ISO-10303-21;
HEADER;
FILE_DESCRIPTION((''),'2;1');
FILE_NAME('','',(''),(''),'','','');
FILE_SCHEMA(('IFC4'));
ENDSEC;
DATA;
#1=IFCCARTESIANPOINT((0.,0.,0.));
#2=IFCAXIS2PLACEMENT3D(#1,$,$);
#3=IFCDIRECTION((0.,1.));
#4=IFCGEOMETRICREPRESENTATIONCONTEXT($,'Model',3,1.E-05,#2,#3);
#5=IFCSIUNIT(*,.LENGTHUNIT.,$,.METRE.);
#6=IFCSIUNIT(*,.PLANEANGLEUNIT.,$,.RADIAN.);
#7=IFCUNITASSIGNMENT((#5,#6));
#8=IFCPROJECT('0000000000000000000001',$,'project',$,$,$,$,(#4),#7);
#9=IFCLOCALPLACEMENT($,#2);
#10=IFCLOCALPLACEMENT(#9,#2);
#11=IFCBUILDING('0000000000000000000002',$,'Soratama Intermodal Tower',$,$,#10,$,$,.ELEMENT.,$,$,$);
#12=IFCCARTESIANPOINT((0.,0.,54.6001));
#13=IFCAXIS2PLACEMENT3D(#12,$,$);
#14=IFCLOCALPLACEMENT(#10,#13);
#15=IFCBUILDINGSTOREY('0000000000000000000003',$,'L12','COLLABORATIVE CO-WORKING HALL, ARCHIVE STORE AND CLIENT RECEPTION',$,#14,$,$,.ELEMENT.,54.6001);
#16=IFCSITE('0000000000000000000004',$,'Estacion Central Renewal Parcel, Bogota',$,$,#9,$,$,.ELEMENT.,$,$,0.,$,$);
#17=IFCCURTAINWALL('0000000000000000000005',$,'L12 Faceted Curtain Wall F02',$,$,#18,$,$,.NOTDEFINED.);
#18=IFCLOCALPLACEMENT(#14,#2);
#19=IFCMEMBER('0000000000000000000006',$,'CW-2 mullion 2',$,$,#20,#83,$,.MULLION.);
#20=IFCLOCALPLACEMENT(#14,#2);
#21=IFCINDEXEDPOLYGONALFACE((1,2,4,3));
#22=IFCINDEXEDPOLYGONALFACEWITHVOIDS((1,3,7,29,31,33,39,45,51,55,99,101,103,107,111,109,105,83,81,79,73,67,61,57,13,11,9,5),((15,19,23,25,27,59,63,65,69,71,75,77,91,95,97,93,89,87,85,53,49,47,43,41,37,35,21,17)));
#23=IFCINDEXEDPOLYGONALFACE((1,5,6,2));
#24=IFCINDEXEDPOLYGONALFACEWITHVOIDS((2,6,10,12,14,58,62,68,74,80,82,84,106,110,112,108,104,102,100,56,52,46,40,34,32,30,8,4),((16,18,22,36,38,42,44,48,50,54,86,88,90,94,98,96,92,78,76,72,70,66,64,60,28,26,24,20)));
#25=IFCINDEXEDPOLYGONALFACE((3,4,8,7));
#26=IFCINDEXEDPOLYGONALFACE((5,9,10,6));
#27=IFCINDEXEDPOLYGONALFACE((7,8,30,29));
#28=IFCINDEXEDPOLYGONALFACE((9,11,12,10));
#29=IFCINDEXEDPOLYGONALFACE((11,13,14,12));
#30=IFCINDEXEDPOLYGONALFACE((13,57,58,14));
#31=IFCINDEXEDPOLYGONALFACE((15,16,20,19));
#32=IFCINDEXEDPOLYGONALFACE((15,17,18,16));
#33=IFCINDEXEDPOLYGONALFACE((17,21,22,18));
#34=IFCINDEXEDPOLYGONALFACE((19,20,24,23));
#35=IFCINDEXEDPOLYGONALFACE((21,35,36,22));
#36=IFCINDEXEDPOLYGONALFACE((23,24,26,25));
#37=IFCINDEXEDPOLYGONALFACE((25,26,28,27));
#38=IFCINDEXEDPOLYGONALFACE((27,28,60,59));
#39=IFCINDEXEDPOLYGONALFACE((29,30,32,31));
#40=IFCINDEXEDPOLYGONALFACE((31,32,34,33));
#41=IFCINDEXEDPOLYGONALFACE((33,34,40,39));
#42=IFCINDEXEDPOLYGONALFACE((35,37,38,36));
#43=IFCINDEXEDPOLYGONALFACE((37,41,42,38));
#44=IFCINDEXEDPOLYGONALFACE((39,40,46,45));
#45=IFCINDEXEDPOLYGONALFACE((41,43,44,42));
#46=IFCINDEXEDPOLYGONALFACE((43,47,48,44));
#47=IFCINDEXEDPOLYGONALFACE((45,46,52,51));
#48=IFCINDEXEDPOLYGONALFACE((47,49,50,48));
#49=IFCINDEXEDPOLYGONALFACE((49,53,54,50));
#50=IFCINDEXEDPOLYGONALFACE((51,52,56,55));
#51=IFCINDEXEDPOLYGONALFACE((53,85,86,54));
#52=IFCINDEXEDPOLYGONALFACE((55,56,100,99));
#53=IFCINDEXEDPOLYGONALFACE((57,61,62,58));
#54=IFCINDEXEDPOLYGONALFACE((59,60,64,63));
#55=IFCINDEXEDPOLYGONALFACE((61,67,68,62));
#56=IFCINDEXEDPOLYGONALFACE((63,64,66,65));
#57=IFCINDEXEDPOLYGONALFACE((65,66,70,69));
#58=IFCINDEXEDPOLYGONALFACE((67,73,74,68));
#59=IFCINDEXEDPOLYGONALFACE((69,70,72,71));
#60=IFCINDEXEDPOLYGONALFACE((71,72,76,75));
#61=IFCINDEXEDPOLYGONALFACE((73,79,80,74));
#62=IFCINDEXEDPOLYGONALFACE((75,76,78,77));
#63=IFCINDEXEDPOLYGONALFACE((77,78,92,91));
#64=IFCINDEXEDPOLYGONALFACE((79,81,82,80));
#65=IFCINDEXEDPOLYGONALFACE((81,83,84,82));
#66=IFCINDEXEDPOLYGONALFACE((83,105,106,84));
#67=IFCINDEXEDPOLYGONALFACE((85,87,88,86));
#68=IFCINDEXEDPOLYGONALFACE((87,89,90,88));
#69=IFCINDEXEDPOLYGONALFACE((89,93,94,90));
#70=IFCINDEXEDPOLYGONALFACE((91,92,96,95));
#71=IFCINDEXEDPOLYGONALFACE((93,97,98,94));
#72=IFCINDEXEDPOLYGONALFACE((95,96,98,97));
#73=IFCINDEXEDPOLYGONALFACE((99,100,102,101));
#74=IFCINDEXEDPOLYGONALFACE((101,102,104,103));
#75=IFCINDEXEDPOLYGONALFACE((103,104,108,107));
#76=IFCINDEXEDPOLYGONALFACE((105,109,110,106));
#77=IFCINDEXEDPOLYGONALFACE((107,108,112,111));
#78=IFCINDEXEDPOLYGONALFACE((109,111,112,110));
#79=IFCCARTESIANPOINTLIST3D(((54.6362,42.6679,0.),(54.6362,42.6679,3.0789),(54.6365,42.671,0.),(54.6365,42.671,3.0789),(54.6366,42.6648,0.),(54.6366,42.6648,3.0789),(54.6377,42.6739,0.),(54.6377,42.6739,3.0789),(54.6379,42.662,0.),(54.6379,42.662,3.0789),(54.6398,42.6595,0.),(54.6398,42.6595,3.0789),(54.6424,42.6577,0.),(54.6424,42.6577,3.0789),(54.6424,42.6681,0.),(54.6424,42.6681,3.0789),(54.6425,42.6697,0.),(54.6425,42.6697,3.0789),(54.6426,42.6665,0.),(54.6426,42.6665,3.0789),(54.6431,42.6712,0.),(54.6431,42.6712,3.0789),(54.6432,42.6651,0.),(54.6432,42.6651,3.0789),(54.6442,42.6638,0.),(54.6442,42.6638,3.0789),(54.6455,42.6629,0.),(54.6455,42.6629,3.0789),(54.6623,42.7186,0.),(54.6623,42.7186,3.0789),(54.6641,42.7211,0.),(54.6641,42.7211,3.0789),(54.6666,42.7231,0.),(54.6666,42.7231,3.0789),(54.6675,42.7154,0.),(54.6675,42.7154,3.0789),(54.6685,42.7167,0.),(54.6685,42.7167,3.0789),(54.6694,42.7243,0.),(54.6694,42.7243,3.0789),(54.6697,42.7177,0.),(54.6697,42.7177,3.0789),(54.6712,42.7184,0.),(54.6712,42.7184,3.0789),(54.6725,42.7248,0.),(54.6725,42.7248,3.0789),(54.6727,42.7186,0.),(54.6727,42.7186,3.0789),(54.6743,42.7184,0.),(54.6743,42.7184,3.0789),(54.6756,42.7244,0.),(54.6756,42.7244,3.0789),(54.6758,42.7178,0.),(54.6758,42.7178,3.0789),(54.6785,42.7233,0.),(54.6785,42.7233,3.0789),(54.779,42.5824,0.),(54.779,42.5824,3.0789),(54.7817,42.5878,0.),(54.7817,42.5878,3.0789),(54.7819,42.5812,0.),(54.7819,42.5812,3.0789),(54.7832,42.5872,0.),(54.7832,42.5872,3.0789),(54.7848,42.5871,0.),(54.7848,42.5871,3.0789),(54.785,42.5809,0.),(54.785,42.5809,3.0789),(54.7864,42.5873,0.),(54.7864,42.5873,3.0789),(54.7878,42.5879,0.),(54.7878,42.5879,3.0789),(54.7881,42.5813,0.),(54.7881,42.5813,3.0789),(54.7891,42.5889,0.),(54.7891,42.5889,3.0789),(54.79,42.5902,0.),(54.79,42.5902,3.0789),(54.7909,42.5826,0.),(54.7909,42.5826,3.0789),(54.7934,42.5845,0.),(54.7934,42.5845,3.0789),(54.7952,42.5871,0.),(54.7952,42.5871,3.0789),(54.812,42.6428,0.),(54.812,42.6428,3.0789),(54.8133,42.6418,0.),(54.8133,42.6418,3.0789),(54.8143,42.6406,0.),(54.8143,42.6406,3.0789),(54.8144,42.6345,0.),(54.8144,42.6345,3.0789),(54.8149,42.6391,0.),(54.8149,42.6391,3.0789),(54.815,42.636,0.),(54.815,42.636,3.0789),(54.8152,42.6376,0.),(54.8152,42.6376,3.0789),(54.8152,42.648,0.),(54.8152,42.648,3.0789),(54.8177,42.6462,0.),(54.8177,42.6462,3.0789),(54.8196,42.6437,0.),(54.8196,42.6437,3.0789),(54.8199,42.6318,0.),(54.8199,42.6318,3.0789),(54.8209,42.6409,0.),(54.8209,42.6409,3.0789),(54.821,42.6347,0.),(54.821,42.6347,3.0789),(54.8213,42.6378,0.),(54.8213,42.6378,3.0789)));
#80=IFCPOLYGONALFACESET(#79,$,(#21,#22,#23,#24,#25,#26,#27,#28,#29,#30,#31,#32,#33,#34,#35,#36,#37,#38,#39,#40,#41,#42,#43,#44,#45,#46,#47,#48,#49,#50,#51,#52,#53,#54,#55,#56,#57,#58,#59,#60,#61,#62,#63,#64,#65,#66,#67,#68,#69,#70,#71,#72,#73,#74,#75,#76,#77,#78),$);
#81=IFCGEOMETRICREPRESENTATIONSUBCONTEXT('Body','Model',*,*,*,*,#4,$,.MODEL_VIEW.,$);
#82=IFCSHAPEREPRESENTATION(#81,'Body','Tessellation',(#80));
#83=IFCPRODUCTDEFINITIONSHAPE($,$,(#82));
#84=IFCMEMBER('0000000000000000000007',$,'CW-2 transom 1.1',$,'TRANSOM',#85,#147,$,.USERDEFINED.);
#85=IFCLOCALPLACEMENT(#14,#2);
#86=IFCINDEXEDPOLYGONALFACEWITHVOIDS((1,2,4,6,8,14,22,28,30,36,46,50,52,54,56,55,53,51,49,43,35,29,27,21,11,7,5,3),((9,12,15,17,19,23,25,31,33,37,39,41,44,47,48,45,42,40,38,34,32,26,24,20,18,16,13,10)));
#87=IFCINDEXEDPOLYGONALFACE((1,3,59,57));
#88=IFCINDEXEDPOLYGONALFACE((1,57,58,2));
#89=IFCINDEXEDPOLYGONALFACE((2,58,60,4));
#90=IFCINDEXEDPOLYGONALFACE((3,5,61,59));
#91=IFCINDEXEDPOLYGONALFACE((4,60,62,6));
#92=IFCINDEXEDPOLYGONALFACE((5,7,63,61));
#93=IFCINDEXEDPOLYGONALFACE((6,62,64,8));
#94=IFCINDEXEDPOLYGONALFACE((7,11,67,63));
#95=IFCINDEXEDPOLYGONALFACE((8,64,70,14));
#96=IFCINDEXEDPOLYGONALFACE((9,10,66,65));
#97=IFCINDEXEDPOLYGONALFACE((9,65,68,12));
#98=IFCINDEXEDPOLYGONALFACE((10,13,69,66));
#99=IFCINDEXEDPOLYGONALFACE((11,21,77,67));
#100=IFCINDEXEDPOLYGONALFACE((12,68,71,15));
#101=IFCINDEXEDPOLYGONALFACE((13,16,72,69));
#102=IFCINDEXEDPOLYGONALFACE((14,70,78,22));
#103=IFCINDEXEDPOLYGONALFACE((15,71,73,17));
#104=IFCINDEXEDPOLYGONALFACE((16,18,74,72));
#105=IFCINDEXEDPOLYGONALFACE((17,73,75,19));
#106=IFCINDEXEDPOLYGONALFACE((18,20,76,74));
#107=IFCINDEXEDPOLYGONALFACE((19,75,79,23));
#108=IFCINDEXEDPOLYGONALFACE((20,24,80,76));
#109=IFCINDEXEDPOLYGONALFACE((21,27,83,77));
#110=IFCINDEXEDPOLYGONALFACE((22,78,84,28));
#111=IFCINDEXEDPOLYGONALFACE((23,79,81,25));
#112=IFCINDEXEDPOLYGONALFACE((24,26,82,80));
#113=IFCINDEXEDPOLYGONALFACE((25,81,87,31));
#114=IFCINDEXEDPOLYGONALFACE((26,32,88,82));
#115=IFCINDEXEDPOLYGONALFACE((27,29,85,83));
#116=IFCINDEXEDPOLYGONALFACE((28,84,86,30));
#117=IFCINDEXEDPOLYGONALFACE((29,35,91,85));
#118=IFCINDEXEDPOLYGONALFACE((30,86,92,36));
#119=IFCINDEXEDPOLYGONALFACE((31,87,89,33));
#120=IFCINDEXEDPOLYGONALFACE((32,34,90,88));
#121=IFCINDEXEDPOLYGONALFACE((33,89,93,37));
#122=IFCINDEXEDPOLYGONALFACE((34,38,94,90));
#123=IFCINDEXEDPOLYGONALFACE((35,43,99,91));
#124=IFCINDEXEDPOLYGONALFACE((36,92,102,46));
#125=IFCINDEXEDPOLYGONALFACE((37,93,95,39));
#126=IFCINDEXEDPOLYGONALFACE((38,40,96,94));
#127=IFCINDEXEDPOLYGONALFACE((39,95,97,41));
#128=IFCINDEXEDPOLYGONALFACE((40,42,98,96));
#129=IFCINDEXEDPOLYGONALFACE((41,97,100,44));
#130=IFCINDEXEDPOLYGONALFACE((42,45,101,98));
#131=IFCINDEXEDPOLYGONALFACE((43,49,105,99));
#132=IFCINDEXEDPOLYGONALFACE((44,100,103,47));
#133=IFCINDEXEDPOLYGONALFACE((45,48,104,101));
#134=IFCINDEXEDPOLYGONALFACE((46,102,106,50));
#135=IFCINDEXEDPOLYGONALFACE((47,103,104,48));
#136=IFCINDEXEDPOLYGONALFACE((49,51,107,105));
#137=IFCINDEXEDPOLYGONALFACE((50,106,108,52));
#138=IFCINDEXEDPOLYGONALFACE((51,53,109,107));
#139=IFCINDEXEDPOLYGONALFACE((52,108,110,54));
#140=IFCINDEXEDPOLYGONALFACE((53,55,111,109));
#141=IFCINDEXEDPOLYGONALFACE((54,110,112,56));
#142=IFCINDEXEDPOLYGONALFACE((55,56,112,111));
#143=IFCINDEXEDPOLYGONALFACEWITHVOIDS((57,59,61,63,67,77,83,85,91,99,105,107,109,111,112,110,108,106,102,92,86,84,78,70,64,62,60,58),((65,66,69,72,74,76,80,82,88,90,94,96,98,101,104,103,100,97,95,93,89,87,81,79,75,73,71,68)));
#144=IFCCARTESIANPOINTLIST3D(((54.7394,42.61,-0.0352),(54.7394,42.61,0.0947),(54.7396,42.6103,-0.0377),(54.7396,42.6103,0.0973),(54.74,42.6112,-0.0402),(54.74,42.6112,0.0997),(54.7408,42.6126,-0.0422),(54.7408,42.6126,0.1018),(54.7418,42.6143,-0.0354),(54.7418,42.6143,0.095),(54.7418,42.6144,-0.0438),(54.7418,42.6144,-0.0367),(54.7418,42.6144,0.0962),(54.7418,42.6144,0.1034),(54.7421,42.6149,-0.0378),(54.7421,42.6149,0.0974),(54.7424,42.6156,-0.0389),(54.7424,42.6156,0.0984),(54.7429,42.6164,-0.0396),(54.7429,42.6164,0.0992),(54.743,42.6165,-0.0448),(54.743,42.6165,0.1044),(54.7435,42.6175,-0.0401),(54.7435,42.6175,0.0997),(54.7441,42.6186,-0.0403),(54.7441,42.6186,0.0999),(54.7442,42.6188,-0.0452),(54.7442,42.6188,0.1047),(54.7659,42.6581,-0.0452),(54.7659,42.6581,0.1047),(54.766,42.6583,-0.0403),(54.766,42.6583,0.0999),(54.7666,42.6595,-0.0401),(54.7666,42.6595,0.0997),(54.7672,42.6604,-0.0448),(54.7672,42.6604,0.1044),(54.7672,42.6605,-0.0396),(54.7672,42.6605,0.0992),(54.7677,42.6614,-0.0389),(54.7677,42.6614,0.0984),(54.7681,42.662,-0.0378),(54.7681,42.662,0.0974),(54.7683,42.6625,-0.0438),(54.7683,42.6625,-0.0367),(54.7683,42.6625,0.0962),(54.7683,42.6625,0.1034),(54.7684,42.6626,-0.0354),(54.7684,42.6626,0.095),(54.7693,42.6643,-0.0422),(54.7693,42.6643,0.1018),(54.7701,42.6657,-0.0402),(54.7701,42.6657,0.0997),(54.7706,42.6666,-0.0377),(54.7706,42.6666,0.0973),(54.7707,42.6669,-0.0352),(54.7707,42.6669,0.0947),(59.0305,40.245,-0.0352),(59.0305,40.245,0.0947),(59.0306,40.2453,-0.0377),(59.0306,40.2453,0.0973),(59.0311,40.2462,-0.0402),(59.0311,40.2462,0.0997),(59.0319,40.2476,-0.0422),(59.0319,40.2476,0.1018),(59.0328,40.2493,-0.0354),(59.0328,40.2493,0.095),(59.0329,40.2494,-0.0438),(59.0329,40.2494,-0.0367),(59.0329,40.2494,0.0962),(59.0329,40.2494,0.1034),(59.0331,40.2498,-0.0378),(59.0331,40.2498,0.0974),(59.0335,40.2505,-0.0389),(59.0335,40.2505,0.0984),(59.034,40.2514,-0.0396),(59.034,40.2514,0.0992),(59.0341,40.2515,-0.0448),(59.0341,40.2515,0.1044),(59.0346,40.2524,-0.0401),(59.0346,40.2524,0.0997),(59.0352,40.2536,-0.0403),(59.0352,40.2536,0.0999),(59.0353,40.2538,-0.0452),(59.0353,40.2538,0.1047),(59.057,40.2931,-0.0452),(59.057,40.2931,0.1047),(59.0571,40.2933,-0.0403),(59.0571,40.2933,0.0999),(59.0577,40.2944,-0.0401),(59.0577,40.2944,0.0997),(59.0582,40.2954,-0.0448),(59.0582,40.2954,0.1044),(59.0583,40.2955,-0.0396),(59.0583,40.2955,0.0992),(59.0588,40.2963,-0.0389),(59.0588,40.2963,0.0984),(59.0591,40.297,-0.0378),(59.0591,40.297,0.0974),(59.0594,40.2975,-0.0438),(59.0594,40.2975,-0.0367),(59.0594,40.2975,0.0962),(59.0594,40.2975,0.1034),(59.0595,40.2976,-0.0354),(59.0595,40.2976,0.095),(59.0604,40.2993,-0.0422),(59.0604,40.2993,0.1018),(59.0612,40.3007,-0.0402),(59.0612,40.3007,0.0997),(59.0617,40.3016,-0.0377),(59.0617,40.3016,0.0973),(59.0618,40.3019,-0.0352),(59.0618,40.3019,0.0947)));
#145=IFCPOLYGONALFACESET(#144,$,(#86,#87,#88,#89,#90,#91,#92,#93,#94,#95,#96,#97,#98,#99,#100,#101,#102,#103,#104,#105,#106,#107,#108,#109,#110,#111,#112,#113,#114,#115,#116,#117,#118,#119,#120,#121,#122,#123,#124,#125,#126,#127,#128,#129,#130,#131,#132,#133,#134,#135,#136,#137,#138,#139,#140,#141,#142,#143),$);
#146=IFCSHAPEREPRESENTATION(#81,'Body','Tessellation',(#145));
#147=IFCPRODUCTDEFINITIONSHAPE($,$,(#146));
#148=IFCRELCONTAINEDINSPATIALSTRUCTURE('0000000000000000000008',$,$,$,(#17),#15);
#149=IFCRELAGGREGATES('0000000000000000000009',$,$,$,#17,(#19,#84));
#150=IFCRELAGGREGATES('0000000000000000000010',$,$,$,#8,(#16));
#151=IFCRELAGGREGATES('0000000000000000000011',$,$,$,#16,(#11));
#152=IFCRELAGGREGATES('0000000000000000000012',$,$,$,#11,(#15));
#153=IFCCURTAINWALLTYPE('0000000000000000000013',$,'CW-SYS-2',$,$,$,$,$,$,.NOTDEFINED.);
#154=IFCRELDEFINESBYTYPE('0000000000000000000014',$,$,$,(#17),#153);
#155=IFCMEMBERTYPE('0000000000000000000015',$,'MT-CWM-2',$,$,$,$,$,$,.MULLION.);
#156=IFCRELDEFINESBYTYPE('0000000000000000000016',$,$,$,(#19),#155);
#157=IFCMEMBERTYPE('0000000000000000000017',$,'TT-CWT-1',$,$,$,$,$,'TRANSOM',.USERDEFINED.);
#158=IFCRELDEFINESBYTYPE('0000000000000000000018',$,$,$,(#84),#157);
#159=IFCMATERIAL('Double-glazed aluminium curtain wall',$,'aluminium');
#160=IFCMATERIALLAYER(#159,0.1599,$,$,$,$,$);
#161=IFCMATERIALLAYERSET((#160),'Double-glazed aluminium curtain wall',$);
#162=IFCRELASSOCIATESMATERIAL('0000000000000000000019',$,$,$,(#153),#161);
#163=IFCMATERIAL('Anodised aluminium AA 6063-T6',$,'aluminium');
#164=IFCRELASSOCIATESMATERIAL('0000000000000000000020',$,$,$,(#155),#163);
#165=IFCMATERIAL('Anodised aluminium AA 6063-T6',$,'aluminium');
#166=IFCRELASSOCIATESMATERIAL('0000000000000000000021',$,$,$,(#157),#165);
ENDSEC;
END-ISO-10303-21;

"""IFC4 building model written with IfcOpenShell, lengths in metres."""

from ifc_helpers import new_model, si_unit, direction, frame, origin, origin_2d, place, context, subcontext, project, spatial, hollow_rectangle, extrude, material, layer, layer_set, material_profile, profile_set, type_object, element, aggregate, save


model = new_model("IFC4")

# Units and contexts
model_context = context("Model", 3, precision=1e-05, world=origin(), true_north=direction((0.0, 1.0)))
body_context = subcontext(model_context, "Body", "Model", "MODEL_VIEW")
ifc_project = project(units=[si_unit("LENGTHUNIT", "METRE"), si_unit("PLANEANGLEUNIT", "RADIAN")], contexts=[model_context])

# Site, building, storey
site_placement = place(None, origin())
site = spatial("IfcSite", under=ifc_project, at=site_placement, Name="Estacion Central Renewal Parcel, Bogota", CompositionType="ELEMENT", RefElevation=0.0)
building_placement = place(site_placement, origin())
building = spatial("IfcBuilding", under=site, at=building_placement, Name="Soratama Intermodal Tower", CompositionType="ELEMENT")
storey_placement = place(building_placement, frame((0.0, 0.0, 54.6001)))
storey = spatial("IfcBuildingStorey", under=building, at=storey_placement, Name="L12", Description="COLLABORATIVE CO-WORKING HALL, ARCHIVE STORE AND CLIENT RECEPTION", CompositionType="ELEMENT", Elevation=54.6001)

# Shared definitions
ifc_material_1 = material(Name="Double-glazed aluminium curtain wall", Category="aluminium")
ifc_layer_1 = layer(ifc_material_1, 0.1599)
ifc_layer_set_1 = layer_set([ifc_layer_1], Name="Double-glazed aluminium curtain wall")
curtain_wall_type = type_object("IfcCurtainWallType", Name="CW-SYS-2", PredefinedType="NOTDEFINED", material=ifc_layer_set_1)
ifc_material_2 = material(Name="Anodised aluminium AA 6063-T6", Category="aluminium")
ifc_material_profile_1 = material_profile(ifc_material_2, hollow_rectangle(XDim=0.075, YDim=0.1799, WallThickness=0.0061, InnerFilletRadius=0.0061, OuterFilletRadius=0.012, at=origin_2d()), Name="CWM180X75X6")
ifc_profile_set_1 = profile_set([ifc_material_profile_1], Name="Anodised aluminium AA 6063-T6")
member_type_1 = type_object("IfcMemberType", Name="MT-CWM-2", PredefinedType="MULLION", material=ifc_profile_set_1)

# Curtain wall, members
curtain_wall_1_placement = place(storey_placement, origin())
curtain_wall_1 = element("IfcCurtainWall", 1, at=curtain_wall_1_placement, inside=storey, type_object=curtain_wall_type, Name="L12 Faceted Curtain Wall F02", PredefinedType="NOTDEFINED")
member_1_placement = place(storey_placement, frame((54.7288, 42.6528, 0.0), z_axis=(0.0, 0.0, 1.0), x_axis=(-0.482678, -0.875798, 0.0)))
member_1 = element("IfcMember", 2, at=member_1_placement, type_object=member_type_1, Name="CW-2 mullion 2", PredefinedType="MULLION", context=body_context, shape_type="SweptSolid", body=[
    extrude(hollow_rectangle(XDim=0.075, YDim=0.1799, WallThickness=0.0061, InnerFilletRadius=0.0061, OuterFilletRadius=0.012, at=origin_2d()), origin(), (0.0, 0.0, 1.0), 3.0789),
])
ifc_material_3 = material(Name="Anodised aluminium AA 6063-T6", Category="aluminium")
ifc_material_profile_2 = material_profile(ifc_material_3, hollow_rectangle(XDim=0.0649, YDim=0.1499, WallThickness=0.0049, InnerFilletRadius=0.0049, OuterFilletRadius=0.01, at=origin_2d()), Name="CWT150X65X5")
ifc_profile_set_2 = profile_set([ifc_material_profile_2], Name="Anodised aluminium AA 6063-T6")
member_type_2 = type_object("IfcMemberType", Name="TT-CWT-1", ElementType="TRANSOM", PredefinedType="USERDEFINED", material=ifc_profile_set_2)
member_2_placement = place(storey_placement, frame((59.0461, 40.2734, 0.0298), z_axis=(-0.875791, 0.482691, 0.0), x_axis=(-0.482691, -0.875791, 0.0)))
member_2 = element("IfcMember", 3, at=member_2_placement, type_object=member_type_2, Name="CW-2 transom 1.1", ObjectType="TRANSOM", PredefinedType="USERDEFINED", context=body_context, shape_type="SweptSolid", body=[
    extrude(hollow_rectangle(XDim=0.0649, YDim=0.1499, WallThickness=0.0049, InnerFilletRadius=0.0049, OuterFilletRadius=0.01, at=origin_2d()), origin(), (0.0, 0.0, 1.0), 4.8997),
])

aggregate(curtain_wall_1, [member_1, member_2])

save(model, "model.ifc")
